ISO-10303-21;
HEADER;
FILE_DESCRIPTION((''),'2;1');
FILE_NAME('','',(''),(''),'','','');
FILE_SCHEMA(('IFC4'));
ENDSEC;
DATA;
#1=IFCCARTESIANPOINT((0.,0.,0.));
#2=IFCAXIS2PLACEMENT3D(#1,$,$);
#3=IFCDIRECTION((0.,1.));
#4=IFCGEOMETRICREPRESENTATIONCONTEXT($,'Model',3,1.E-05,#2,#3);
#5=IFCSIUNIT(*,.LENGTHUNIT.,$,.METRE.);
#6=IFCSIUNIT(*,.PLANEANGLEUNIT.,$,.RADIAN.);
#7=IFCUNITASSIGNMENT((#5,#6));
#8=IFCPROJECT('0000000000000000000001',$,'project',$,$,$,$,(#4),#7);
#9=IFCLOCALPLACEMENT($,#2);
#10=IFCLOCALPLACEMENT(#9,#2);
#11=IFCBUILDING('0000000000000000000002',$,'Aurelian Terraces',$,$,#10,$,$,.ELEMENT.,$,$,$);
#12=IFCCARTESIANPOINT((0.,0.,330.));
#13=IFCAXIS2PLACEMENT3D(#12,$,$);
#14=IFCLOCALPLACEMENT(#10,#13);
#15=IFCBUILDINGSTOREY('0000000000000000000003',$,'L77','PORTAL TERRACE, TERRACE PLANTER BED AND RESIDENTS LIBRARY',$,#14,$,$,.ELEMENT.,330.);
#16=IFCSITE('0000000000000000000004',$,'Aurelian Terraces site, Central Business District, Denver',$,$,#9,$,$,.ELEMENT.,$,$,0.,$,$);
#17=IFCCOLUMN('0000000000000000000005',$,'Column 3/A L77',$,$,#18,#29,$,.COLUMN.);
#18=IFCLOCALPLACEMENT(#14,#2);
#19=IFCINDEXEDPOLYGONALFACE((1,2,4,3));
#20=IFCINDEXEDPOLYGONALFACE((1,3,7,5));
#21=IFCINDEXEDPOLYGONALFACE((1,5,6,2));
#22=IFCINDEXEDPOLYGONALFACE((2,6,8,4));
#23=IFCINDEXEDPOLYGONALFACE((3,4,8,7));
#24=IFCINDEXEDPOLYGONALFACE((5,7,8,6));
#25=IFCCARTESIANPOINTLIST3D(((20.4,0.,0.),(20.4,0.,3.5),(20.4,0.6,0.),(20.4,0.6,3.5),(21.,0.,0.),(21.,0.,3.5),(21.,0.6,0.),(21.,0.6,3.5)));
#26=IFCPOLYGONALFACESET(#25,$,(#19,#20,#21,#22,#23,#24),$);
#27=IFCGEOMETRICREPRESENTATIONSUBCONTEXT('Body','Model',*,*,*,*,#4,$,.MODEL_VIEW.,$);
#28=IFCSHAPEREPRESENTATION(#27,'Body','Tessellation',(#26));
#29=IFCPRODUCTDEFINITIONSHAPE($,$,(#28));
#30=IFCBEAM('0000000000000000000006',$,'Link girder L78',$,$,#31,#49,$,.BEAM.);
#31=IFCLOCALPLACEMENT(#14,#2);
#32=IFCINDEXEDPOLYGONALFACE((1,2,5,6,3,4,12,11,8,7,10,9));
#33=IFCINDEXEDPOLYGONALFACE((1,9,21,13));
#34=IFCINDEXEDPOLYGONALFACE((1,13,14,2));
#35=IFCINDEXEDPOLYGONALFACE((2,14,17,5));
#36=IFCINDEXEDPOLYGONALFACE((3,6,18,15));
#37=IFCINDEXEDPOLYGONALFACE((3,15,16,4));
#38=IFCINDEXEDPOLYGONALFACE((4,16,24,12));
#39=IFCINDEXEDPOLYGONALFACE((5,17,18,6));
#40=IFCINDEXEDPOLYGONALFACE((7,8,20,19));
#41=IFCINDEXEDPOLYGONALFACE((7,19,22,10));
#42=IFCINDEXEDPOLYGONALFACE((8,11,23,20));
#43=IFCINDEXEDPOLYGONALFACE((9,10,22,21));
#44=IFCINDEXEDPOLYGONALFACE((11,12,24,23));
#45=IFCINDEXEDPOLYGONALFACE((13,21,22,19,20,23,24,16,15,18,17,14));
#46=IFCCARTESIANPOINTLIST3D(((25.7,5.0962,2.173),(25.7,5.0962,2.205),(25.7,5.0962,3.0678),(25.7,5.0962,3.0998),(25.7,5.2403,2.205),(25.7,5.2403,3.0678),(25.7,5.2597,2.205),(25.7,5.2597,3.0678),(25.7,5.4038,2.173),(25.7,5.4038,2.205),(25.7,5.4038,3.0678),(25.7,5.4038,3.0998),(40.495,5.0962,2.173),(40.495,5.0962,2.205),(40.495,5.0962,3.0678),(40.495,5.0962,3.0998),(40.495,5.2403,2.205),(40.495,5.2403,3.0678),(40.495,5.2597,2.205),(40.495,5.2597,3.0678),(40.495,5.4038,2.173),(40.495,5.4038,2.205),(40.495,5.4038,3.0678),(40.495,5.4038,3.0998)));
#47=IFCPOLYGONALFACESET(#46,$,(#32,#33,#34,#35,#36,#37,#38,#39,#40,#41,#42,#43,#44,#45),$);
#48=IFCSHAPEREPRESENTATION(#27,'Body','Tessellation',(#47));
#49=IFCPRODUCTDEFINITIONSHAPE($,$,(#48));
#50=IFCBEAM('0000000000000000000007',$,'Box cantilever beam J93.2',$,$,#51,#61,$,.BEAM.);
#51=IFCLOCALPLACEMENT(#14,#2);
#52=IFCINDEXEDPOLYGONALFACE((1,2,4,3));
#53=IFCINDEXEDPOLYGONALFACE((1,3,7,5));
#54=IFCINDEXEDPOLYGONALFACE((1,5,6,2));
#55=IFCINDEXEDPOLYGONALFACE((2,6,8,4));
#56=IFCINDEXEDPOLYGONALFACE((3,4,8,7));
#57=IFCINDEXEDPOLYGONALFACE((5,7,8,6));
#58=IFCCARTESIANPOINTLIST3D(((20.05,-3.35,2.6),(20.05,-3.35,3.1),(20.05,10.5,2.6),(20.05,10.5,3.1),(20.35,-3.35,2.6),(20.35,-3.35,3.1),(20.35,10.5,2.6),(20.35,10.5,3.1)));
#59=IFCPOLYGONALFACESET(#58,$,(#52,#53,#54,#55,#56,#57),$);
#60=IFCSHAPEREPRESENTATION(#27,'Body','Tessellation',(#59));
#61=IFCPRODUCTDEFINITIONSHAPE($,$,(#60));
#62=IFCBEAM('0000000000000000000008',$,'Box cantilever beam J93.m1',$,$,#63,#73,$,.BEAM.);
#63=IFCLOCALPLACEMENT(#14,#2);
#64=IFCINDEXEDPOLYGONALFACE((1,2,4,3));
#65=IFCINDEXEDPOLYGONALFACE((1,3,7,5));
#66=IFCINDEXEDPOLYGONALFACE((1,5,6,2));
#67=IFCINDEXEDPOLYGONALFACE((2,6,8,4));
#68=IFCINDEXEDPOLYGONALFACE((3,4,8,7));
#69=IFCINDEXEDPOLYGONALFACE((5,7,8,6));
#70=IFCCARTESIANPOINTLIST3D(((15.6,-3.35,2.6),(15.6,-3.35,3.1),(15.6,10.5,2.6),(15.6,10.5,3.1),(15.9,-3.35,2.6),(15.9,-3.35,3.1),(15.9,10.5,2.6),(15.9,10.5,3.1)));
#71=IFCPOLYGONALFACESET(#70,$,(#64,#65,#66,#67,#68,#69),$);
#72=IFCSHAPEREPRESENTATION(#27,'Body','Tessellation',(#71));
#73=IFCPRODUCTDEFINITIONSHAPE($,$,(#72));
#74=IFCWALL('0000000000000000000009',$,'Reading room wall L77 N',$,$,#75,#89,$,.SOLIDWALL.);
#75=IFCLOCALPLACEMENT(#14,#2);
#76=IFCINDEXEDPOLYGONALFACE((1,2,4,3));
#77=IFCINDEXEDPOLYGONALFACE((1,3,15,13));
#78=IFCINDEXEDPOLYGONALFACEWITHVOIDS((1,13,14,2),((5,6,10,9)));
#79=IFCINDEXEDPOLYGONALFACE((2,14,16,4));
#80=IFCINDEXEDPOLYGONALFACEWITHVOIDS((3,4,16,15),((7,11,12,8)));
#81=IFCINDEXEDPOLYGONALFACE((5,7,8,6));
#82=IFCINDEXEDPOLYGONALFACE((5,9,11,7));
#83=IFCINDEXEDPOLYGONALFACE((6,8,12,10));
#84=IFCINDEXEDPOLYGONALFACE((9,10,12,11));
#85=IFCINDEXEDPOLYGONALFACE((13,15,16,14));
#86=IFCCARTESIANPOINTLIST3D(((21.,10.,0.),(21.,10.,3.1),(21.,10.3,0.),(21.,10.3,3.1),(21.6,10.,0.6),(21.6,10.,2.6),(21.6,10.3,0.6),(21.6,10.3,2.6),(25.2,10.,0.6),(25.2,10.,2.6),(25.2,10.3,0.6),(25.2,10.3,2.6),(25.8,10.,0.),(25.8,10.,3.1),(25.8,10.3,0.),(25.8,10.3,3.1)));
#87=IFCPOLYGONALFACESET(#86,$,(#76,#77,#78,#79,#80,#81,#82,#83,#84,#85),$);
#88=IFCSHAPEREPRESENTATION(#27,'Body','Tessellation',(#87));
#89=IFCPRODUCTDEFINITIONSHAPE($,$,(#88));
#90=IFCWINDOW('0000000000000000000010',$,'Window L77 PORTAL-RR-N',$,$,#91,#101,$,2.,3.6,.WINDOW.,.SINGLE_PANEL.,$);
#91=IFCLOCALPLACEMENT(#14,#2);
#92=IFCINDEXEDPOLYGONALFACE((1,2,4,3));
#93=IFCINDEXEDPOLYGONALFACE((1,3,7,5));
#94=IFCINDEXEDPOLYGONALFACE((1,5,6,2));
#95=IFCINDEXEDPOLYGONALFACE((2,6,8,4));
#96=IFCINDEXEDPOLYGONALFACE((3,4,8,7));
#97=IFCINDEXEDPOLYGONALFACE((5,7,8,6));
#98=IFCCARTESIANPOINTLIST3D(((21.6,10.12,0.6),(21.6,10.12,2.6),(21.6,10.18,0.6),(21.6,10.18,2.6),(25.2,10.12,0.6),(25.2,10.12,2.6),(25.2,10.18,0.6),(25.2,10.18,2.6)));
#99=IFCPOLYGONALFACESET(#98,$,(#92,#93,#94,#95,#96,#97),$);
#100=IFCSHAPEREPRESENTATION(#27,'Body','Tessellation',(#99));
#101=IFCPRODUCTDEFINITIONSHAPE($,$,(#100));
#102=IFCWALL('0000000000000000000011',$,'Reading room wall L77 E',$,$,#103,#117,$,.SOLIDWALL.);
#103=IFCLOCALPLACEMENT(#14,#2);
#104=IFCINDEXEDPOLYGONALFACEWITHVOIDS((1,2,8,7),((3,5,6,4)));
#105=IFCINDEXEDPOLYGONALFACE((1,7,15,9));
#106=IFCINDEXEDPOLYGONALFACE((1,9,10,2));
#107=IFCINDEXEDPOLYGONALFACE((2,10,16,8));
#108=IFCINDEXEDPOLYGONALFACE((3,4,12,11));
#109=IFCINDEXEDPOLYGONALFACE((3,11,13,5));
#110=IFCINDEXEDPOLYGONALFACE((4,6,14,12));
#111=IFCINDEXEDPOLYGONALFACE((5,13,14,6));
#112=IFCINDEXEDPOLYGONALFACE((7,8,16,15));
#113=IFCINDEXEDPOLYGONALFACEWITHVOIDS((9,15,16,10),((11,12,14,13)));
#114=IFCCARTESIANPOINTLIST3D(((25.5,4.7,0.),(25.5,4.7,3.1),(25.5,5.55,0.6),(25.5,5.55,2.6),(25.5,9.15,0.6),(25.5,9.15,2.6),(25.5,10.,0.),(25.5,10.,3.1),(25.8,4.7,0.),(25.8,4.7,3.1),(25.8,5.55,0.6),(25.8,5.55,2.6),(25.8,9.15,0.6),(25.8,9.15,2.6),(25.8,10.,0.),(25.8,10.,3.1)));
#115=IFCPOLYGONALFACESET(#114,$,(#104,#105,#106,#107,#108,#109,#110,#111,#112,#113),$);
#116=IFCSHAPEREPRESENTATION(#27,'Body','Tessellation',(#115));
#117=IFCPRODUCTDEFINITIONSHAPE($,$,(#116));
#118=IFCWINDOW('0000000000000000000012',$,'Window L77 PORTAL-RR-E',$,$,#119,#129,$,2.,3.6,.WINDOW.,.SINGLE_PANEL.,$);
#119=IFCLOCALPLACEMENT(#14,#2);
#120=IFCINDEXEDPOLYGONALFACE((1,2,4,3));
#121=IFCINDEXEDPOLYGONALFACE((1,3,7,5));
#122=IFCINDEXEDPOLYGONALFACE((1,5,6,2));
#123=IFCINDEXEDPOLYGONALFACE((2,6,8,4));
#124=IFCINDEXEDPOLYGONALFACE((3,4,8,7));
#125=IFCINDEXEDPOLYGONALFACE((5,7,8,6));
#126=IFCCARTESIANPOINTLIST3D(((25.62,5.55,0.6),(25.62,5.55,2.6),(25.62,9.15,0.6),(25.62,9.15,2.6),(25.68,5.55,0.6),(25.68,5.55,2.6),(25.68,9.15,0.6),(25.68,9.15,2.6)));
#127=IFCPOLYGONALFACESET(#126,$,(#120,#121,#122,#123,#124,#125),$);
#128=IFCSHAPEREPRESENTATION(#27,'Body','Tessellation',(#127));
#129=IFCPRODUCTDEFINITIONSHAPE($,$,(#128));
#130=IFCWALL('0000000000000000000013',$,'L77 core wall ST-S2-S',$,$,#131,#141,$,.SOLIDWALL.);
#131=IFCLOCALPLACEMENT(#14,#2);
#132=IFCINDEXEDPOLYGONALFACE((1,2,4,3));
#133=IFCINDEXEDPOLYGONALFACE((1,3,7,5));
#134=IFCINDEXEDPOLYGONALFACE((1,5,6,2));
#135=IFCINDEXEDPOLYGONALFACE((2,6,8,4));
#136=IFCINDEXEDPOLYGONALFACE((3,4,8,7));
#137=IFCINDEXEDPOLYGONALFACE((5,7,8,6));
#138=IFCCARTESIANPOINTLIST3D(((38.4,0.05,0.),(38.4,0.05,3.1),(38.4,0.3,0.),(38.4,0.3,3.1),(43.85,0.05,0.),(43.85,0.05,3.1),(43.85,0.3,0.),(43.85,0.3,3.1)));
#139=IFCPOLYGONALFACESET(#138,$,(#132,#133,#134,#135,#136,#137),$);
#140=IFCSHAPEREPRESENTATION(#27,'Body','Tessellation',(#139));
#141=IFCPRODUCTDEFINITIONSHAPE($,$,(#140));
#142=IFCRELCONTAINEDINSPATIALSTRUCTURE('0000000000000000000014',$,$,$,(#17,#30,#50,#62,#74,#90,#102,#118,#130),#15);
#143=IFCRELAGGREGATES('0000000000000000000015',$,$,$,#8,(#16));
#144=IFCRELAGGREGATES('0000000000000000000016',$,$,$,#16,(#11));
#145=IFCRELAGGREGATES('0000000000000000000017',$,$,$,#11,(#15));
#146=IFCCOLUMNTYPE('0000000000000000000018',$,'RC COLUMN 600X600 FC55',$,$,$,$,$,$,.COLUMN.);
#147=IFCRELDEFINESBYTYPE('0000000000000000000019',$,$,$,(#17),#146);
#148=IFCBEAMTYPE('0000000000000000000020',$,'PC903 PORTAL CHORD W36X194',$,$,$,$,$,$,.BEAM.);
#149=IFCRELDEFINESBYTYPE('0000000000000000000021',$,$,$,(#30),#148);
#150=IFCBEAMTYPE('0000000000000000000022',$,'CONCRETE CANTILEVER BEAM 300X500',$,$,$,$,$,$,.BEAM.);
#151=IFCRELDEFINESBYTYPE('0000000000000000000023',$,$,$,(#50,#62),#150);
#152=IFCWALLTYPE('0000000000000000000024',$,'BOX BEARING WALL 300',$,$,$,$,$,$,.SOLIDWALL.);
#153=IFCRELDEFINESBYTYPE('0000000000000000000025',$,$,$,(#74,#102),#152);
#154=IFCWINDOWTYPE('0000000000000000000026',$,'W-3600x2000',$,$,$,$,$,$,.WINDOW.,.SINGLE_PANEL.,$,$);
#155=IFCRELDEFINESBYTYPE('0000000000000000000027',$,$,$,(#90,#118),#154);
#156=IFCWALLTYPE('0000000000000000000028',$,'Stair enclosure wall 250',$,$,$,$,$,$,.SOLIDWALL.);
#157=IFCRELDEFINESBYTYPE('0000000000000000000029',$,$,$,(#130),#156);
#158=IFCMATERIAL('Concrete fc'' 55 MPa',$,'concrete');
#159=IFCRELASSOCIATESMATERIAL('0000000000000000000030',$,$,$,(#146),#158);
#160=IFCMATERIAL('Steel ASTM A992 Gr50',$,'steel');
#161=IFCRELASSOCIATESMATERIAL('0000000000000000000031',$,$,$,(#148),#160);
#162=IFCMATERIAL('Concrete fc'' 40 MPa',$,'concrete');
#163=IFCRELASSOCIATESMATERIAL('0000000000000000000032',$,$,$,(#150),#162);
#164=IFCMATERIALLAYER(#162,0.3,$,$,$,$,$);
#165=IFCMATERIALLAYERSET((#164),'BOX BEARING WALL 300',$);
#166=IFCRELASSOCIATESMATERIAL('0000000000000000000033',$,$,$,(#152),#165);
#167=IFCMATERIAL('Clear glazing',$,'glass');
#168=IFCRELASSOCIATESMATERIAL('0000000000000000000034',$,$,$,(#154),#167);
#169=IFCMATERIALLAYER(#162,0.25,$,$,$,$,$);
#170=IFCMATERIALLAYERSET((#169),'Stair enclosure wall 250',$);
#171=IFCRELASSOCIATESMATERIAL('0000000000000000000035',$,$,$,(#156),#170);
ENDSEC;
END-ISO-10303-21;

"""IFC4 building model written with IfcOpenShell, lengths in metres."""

from ifc_helpers import new_model, si_unit, direction, frame, frame_2d, origin, origin_2d, place, context, subcontext, project, spatial, rectangle, i_section, extrude, source, transform, mapped, material, layer, layer_set, material_profile, profile_set, type_object, element, fill, save


model = new_model("IFC4")

# Units and contexts
model_context = context("Model", 3, precision=1e-05, world=origin(), true_north=direction((0.0, 1.0)))
body_context = subcontext(model_context, "Body", "Model", "MODEL_VIEW")
ifc_project = project(units=[si_unit("LENGTHUNIT", "METRE"), si_unit("PLANEANGLEUNIT", "RADIAN")], contexts=[model_context])

# Site, building, storey
site_placement = place(None, origin())
site = spatial("IfcSite", under=ifc_project, at=site_placement, Name="Aurelian Terraces site, Central Business District, Denver", CompositionType="ELEMENT", RefElevation=0.0)
building_placement = place(site_placement, origin())
building = spatial("IfcBuilding", under=site, at=building_placement, Name="Aurelian Terraces", CompositionType="ELEMENT")
storey_placement = place(building_placement, frame((0.0, 0.0, 330.0)))
storey = spatial("IfcBuildingStorey", under=building, at=storey_placement, Name="L77", Description="PORTAL TERRACE, TERRACE PLANTER BED AND RESIDENTS LIBRARY", CompositionType="ELEMENT", Elevation=330.0)

# Column
ifc_material_1 = material(Name="Concrete fc' 55 MPa", Category="concrete")
ifc_material_profile_1 = material_profile(ifc_material_1, rectangle(XDim=0.6, YDim=0.6, at=origin_2d()))
ifc_profile_set_1 = profile_set([ifc_material_profile_1], Name="Concrete fc' 55 MPa")
column_type = type_object("IfcColumnType", Name="RC COLUMN 600X600 FC55", PredefinedType="COLUMN", material=ifc_profile_set_1)
shared_shape_1 = source(origin(), body_context, "Body", "SweptSolid", [
    extrude(rectangle(XDim=0.6, YDim=0.6, at=origin_2d()), origin(), (0.0, 0.0, 1.0), 3.5),
])
column_placement = place(storey_placement, frame((20.7, 0.3, 0.0), z_axis=(0.0, 0.0, 1.0), x_axis=(1.0, 0.0, 0.0)))
element("IfcColumn", 1, at=column_placement, inside=storey, type_object=column_type, Name="Column 3/A L77", PredefinedType="COLUMN", context=body_context, shape_type="MappedRepresentation", body=[
    mapped(shared_shape_1, transform((0.0, 0.0, 0.0), scale=1.0)),
])

# Beams
ifc_material_2 = material(Name="Steel ASTM A992 Gr50", Category="steel")
ifc_material_profile_2 = material_profile(ifc_material_2, i_section(OverallWidth=0.3077, OverallDepth=0.9268, WebThickness=0.0194, FlangeThickness=0.032, at=origin_2d()))
ifc_profile_set_2 = profile_set([ifc_material_profile_2], Name="Steel ASTM A992 Gr50")
beam_type_1 = type_object("IfcBeamType", Name="PC903 PORTAL CHORD W36X194", PredefinedType="BEAM", material=ifc_profile_set_2)
beam_placement = place(storey_placement, frame((25.7, 5.25, 2.6364), z_axis=(1.0, 0.0, 0.0), x_axis=(0.0, 1.0, 0.0)))
element("IfcBeam", 2, at=beam_placement, inside=storey, type_object=beam_type_1, Name="Link girder L78", PredefinedType="BEAM", context=body_context, shape_type="SweptSolid", body=[
    extrude(i_section(OverallWidth=0.3077, OverallDepth=0.9268, WebThickness=0.0194, FlangeThickness=0.032, at=origin_2d()), origin(), (0.0, 0.0, 1.0), 14.795),
])
ifc_material_3 = material(Name="Concrete fc' 40 MPa", Category="concrete")
ifc_material_profile_3 = material_profile(ifc_material_3, rectangle(XDim=0.3, YDim=0.5, at=origin_2d()))
ifc_profile_set_3 = profile_set([ifc_material_profile_3], Name="Concrete fc' 40 MPa")
beam_type_2 = type_object("IfcBeamType", Name="CONCRETE CANTILEVER BEAM 300X500", PredefinedType="BEAM", material=ifc_profile_set_3)
shared_shape_2 = source(origin(), body_context, "Body", "SweptSolid", [
    extrude(rectangle(XDim=0.3, YDim=0.5, at=origin_2d()), origin(), (0.0, 0.0, 1.0), 13.85),
])
for number, where, z_axis, x_axis, name in (
    (3, (20.2, -3.35, 2.85), (0.0, 1.0, 0.0), (-1.0, 0.0, 0.0), "Box cantilever beam J93.2"),
    (4, (15.75, -3.35, 2.85), (0.0, 1.0, 0.0), (-1.0, 0.0, 0.0), "Box cantilever beam J93.m1"),
):
    element("IfcBeam", number, at=place(storey_placement, frame(where, z_axis=z_axis, x_axis=x_axis)), inside=storey, type_object=beam_type_2, Name=name, PredefinedType="BEAM", context=body_context, shape_type="MappedRepresentation", body=[
        mapped(shared_shape_2, transform((0.0, 0.0, 0.0), scale=1.0)),
    ])

# Walls, openings, windows
ifc_layer_1 = layer(ifc_material_3, 0.3)
ifc_layer_set_1 = layer_set([ifc_layer_1], Name="BOX BEARING WALL 300")
wall_type_1 = type_object("IfcWallType", Name="BOX BEARING WALL 300", PredefinedType="SOLIDWALL", material=ifc_layer_set_1)
wall_1_placement = place(storey_placement, frame((21.0, 10.15, 0.0), z_axis=(0.0, 0.0, 1.0), x_axis=(1.0, 0.0, 0.0)))
wall_1 = element("IfcWall", 5, at=wall_1_placement, inside=storey, type_object=wall_type_1, Name="Reading room wall L77 N", PredefinedType="SOLIDWALL", context=body_context, shape_type="SweptSolid", body=[
    extrude(rectangle(XDim=4.8, YDim=0.3, at=frame_2d((2.4, 0.0))), origin(), (0.0, 0.0, 1.0), 3.1),
])
shared_shape_3 = source(origin(), body_context, "Body", "SweptSolid", [
    extrude(rectangle(XDim=3.6, YDim=2.0, at=frame_2d((1.8, 1.0))), frame((0.0, 0.16, 0.0), z_axis=(0.0, -1.0, 0.0), x_axis=(1.0, 0.0, 0.0)), (0.0, 0.0, 1.0), 0.32),
])
opening_1_placement = place(wall_1_placement, frame((0.6, 0.0, 0.6)))
opening_1 = element("IfcOpeningElement", 6, at=opening_1_placement, cuts=wall_1, PredefinedType="OPENING", context=body_context, shape_type="MappedRepresentation", body=[
    mapped(shared_shape_3, transform((0.0, 0.0, 0.0), scale=1.0)),
])
ifc_material_4 = material(Name="Clear glazing", Category="glass")
window_type = type_object("IfcWindowType", Name="W-3600x2000", PartitioningType="SINGLE_PANEL", PredefinedType="WINDOW", material=ifc_material_4)
shared_shape_4 = source(origin(), body_context, "Body", "SweptSolid", [
    extrude(rectangle(XDim=3.6, YDim=2.0, at=frame_2d((1.8, 1.0))), frame((0.0, 0.03, 0.0), z_axis=(0.0, -1.0, 0.0), x_axis=(1.0, 0.0, 0.0)), (0.0, 0.0, 1.0), 0.06),
])
window_1_placement = place(opening_1_placement, origin())
window_1 = element("IfcWindow", 7, at=window_1_placement, inside=storey, type_object=window_type, Name="Window L77 PORTAL-RR-N", OverallHeight=2.0, OverallWidth=3.6, PartitioningType="SINGLE_PANEL", PredefinedType="WINDOW", context=body_context, shape_type="MappedRepresentation", body=[
    mapped(shared_shape_4, transform((0.0, 0.0, 0.0), scale=1.0)),
])
fill(opening_1, window_1)
wall_2_placement = place(storey_placement, frame((25.65, 4.7, 0.0), z_axis=(0.0, 0.0, 1.0), x_axis=(0.0, 1.0, 0.0)))
wall_2 = element("IfcWall", 8, at=wall_2_placement, inside=storey, type_object=wall_type_1, Name="Reading room wall L77 E", PredefinedType="SOLIDWALL", context=body_context, shape_type="SweptSolid", body=[
    extrude(rectangle(XDim=5.3, YDim=0.3, at=frame_2d((2.65, 0.0))), origin(), (0.0, 0.0, 1.0), 3.1),
])
opening_2_placement = place(wall_2_placement, frame((0.85, 0.0, 0.6)))
opening_2 = element("IfcOpeningElement", 9, at=opening_2_placement, cuts=wall_2, PredefinedType="OPENING", context=body_context, shape_type="MappedRepresentation", body=[
    mapped(shared_shape_3, transform((0.0, 0.0, 0.0), scale=1.0)),
])
window_2_placement = place(opening_2_placement, origin())
window_2 = element("IfcWindow", 10, at=window_2_placement, inside=storey, type_object=window_type, Name="Window L77 PORTAL-RR-E", OverallHeight=2.0, OverallWidth=3.6, PartitioningType="SINGLE_PANEL", PredefinedType="WINDOW", context=body_context, shape_type="MappedRepresentation", body=[
    mapped(shared_shape_4, transform((0.0, 0.0, 0.0), scale=1.0)),
])
fill(opening_2, window_2)

# Wall
ifc_layer_2 = layer(ifc_material_3, 0.25)
ifc_layer_set_2 = layer_set([ifc_layer_2], Name="Stair enclosure wall 250")
wall_type_2 = type_object("IfcWallType", Name="Stair enclosure wall 250", PredefinedType="SOLIDWALL", material=ifc_layer_set_2)
wall_3_placement = place(storey_placement, frame((38.4, 0.175, 0.0), z_axis=(0.0, 0.0, 1.0), x_axis=(1.0, 0.0, 0.0)))
element("IfcWall", 11, at=wall_3_placement, inside=storey, type_object=wall_type_2, Name="L77 core wall ST-S2-S", PredefinedType="SOLIDWALL", context=body_context, shape_type="SweptSolid", body=[
    extrude(rectangle(XDim=5.45, YDim=0.25, at=frame_2d((2.725, 0.0))), origin(), (0.0, 0.0, 1.0), 3.1),
])

save(model, "model.ifc")
